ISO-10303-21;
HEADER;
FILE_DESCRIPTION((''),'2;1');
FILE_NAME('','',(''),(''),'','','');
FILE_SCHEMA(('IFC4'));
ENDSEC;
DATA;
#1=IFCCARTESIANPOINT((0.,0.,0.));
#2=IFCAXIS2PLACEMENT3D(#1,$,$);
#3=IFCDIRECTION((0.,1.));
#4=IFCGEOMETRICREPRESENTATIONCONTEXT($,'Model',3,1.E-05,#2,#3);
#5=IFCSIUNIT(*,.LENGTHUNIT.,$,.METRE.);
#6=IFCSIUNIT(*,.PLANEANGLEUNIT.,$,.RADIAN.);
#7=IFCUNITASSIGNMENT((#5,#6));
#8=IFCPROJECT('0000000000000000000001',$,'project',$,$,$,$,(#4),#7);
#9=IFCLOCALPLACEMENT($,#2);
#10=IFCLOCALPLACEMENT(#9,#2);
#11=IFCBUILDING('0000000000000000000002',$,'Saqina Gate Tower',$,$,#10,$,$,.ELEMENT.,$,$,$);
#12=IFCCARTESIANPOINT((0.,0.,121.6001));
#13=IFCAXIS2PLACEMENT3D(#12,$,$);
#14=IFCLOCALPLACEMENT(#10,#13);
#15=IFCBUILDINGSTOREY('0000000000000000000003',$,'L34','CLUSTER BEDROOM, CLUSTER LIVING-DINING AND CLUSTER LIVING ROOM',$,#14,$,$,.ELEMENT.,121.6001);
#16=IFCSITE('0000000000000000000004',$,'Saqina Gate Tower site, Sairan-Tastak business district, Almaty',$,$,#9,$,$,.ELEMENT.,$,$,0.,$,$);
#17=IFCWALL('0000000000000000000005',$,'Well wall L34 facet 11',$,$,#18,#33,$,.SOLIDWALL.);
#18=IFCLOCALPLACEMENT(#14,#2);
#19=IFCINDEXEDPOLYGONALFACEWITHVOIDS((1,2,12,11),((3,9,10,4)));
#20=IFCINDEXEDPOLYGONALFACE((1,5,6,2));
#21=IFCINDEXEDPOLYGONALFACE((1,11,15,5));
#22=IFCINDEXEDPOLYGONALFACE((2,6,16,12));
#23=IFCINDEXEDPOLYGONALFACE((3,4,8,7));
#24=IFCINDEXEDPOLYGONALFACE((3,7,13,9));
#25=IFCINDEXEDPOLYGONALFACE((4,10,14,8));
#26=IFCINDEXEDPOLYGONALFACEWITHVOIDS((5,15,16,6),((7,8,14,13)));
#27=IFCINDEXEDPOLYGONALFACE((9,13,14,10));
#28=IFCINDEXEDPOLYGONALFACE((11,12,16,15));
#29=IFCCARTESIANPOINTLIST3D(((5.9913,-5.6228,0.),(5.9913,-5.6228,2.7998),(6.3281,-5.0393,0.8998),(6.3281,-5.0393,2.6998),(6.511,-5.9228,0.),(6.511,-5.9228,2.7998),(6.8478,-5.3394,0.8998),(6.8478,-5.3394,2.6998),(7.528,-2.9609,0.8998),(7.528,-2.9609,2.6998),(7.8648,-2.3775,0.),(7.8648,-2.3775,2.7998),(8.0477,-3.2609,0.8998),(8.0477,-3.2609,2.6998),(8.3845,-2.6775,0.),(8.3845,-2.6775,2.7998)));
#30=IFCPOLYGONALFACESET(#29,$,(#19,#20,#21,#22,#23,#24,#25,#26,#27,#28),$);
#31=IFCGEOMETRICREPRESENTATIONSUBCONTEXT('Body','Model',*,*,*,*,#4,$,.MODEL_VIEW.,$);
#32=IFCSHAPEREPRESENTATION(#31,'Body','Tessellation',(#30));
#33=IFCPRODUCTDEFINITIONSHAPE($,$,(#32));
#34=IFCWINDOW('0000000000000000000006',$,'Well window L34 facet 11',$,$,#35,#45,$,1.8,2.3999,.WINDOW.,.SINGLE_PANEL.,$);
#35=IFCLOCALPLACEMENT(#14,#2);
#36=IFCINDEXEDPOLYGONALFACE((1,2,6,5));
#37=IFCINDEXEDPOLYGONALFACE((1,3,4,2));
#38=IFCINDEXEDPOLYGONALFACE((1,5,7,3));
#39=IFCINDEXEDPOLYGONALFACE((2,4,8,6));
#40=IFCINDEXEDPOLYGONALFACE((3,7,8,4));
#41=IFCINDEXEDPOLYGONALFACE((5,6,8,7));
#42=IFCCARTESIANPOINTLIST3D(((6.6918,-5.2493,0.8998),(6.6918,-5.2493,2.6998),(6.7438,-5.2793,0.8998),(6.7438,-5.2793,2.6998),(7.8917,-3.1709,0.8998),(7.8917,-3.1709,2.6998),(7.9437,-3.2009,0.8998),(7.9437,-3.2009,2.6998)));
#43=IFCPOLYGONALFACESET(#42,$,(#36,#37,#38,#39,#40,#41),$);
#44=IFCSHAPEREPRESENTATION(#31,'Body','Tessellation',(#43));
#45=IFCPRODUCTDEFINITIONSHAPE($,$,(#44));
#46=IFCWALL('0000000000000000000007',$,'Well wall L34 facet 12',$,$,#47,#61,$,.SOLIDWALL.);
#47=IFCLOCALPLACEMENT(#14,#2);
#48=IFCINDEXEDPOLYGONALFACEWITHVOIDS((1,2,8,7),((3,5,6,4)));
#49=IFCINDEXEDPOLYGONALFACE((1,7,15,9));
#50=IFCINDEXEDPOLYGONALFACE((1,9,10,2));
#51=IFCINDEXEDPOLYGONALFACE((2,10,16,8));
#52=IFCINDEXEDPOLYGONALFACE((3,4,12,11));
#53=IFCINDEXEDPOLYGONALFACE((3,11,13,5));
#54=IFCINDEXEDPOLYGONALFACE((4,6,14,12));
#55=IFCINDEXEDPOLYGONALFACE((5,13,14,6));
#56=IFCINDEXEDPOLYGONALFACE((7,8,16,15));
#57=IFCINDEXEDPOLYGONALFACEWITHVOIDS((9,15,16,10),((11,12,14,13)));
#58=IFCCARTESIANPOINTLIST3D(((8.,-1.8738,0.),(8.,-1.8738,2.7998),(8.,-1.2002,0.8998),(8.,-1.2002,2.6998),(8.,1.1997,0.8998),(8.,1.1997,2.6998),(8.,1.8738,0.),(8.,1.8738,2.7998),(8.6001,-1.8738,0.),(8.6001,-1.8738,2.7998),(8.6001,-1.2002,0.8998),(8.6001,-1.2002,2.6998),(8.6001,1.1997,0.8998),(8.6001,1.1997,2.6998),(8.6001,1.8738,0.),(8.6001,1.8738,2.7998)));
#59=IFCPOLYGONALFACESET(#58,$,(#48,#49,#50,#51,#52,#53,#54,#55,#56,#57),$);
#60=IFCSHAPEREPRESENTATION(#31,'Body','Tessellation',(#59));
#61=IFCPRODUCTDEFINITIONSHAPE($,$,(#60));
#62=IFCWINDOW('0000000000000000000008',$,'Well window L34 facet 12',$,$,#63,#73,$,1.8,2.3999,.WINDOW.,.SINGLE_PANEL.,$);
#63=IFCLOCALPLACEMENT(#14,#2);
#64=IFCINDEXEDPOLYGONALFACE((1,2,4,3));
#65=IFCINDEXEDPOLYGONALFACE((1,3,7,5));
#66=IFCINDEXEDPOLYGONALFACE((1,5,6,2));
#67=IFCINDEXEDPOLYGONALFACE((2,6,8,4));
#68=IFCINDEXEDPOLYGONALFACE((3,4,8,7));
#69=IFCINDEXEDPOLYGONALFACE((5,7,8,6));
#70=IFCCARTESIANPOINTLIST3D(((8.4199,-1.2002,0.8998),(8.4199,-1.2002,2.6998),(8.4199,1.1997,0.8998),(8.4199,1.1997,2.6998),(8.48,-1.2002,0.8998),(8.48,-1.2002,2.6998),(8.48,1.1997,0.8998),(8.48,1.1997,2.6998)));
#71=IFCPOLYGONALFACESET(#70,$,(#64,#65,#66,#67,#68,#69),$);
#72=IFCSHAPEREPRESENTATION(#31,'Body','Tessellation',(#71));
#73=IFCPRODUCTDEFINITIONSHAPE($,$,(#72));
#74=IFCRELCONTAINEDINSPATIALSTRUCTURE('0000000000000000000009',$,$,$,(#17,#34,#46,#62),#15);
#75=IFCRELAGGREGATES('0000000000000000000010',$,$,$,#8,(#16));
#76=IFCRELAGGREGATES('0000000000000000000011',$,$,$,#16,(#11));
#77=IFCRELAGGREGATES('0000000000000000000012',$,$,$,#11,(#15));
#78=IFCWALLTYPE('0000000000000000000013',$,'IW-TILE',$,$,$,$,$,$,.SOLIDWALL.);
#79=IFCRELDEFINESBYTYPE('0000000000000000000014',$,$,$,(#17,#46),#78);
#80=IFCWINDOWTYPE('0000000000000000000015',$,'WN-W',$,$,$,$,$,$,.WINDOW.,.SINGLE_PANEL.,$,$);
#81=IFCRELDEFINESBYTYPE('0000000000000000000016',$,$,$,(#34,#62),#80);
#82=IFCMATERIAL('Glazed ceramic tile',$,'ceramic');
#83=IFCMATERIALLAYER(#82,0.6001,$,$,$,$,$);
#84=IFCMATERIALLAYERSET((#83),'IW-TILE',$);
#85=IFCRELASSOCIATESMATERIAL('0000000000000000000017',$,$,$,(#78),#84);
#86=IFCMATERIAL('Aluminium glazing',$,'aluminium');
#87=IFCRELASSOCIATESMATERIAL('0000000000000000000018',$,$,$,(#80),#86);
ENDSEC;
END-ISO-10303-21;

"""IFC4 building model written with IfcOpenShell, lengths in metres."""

from ifc_helpers import new_model, si_unit, direction, frame, frame_2d, origin, place, context, subcontext, project, spatial, rectangle, extrude, material, layer, layer_set, type_object, element, fill, save


model = new_model("IFC4")

# Units and contexts
model_context = context("Model", 3, precision=1e-05, world=origin(), true_north=direction((0.0, 1.0)))
body_context = subcontext(model_context, "Body", "Model", "MODEL_VIEW")
ifc_project = project(units=[si_unit("LENGTHUNIT", "METRE"), si_unit("PLANEANGLEUNIT", "RADIAN")], contexts=[model_context])

# Site, building, storey
site_placement = place(None, origin())
site = spatial("IfcSite", under=ifc_project, at=site_placement, Name="Saqina Gate Tower site, Sairan-Tastak business district, Almaty", CompositionType="ELEMENT", RefElevation=0.0)
building_placement = place(site_placement, origin())
building = spatial("IfcBuilding", under=site, at=building_placement, Name="Saqina Gate Tower", CompositionType="ELEMENT")
storey_placement = place(building_placement, frame((0.0, 0.0, 121.6001)))
storey = spatial("IfcBuildingStorey", under=building, at=storey_placement, Name="L34", Description="CLUSTER BEDROOM, CLUSTER LIVING-DINING AND CLUSTER LIVING ROOM", CompositionType="ELEMENT", Elevation=121.6001)

# Walls, openings, windows
ifc_material_1 = material(Name="Glazed ceramic tile", Category="ceramic")
ifc_layer = layer(ifc_material_1, 0.6001)
ifc_layer_set = layer_set([ifc_layer], Name="IW-TILE")
wall_type_1 = type_object("IfcWallType", Name="IW-TILE", PredefinedType="SOLIDWALL", material=ifc_layer_set)
wall_1_placement = place(storey_placement, frame((6.2512, -5.7727, 0.0), z_axis=(0.0, 0.0, 1.0), x_axis=(0.499965, 0.866046, 0.0)))
wall_1 = element("IfcWall", 1, at=wall_1_placement, inside=storey, type_object=wall_type_1, Name="Well wall L34 facet 11", PredefinedType="SOLIDWALL", context=body_context, shape_type="SweptSolid", body=[
    extrude(rectangle(XDim=3.7473, YDim=0.6001, at=frame_2d((1.8735, 0.0))), origin(), (0.0, 0.0, 1.0), 2.7998),
])
opening_1_placement = place(wall_1_placement, frame((0.6736, 0.0, 0.8999)))
opening_1 = element("IfcOpeningElement", 2, at=opening_1_placement, cuts=wall_1, PredefinedType="OPENING", context=body_context, shape_type="SweptSolid", body=[
    extrude(rectangle(XDim=2.3999, YDim=1.8, at=frame_2d((1.2, 0.8999))), frame((0.0, 0.312, 0.0), z_axis=(0.0, -1.0, 0.0), x_axis=(1.0, 0.0, 0.0)), (0.0, 0.0, 1.0), 0.624),
])
ifc_material_2 = material(Name="Aluminium glazing", Category="aluminium")
window_type = type_object("IfcWindowType", Name="WN-W", PartitioningType="SINGLE_PANEL", PredefinedType="WINDOW", material=ifc_material_2)
window_1_placement = place(opening_1_placement, origin())
window_1 = element("IfcWindow", 3, at=window_1_placement, inside=storey, type_object=window_type, Name="Well window L34 facet 11", OverallHeight=1.8, OverallWidth=2.3999, PartitioningType="SINGLE_PANEL", PredefinedType="WINDOW", context=body_context, shape_type="SweptSolid", body=[
    extrude(rectangle(XDim=2.3999, YDim=1.8, at=frame_2d((1.2, 0.8999))), frame((0.0, -0.1199, 0.0), z_axis=(0.0, -1.0, 0.0), x_axis=(1.0, 0.0, 0.0)), (0.0, 0.0, 1.0), 0.0601),
])
fill(opening_1, window_1)
wall_2_placement = place(storey_placement, frame((8.3, -1.8738, 0.0), z_axis=(0.0, 0.0, 1.0), x_axis=(0.0, 1.0, 0.0)))
wall_2 = element("IfcWall", 4, at=wall_2_placement, inside=storey, type_object=wall_type_1, Name="Well wall L34 facet 12", PredefinedType="SOLIDWALL", context=body_context, shape_type="SweptSolid", body=[
    extrude(rectangle(XDim=3.7476, YDim=0.6001, at=frame_2d((1.8738, 0.0))), origin(), (0.0, 0.0, 1.0), 2.7998),
])
opening_2_placement = place(wall_2_placement, frame((0.6736, 0.0, 0.8999)))
opening_2 = element("IfcOpeningElement", 5, at=opening_2_placement, cuts=wall_2, PredefinedType="OPENING", context=body_context, shape_type="SweptSolid", body=[
    extrude(rectangle(XDim=2.3999, YDim=1.8, at=frame_2d((1.2, 0.8999))), frame((0.0, 0.312, 0.0), z_axis=(0.0, -1.0, 0.0), x_axis=(1.0, 0.0, 0.0)), (0.0, 0.0, 1.0), 0.624),
])
window_2_placement = place(opening_2_placement, origin())
window_2 = element("IfcWindow", 6, at=window_2_placement, inside=storey, type_object=window_type, Name="Well window L34 facet 12", OverallHeight=1.8, OverallWidth=2.3999, PartitioningType="SINGLE_PANEL", PredefinedType="WINDOW", context=body_context, shape_type="SweptSolid", body=[
    extrude(rectangle(XDim=2.3999, YDim=1.8, at=frame_2d((1.2, 0.8999))), frame((0.0, -0.1199, 0.0), z_axis=(0.0, -1.0, 0.0), x_axis=(1.0, 0.0, 0.0)), (0.0, 0.0, 1.0), 0.0601),
])
fill(opening_2, window_2)

save(model, "model.ifc")
